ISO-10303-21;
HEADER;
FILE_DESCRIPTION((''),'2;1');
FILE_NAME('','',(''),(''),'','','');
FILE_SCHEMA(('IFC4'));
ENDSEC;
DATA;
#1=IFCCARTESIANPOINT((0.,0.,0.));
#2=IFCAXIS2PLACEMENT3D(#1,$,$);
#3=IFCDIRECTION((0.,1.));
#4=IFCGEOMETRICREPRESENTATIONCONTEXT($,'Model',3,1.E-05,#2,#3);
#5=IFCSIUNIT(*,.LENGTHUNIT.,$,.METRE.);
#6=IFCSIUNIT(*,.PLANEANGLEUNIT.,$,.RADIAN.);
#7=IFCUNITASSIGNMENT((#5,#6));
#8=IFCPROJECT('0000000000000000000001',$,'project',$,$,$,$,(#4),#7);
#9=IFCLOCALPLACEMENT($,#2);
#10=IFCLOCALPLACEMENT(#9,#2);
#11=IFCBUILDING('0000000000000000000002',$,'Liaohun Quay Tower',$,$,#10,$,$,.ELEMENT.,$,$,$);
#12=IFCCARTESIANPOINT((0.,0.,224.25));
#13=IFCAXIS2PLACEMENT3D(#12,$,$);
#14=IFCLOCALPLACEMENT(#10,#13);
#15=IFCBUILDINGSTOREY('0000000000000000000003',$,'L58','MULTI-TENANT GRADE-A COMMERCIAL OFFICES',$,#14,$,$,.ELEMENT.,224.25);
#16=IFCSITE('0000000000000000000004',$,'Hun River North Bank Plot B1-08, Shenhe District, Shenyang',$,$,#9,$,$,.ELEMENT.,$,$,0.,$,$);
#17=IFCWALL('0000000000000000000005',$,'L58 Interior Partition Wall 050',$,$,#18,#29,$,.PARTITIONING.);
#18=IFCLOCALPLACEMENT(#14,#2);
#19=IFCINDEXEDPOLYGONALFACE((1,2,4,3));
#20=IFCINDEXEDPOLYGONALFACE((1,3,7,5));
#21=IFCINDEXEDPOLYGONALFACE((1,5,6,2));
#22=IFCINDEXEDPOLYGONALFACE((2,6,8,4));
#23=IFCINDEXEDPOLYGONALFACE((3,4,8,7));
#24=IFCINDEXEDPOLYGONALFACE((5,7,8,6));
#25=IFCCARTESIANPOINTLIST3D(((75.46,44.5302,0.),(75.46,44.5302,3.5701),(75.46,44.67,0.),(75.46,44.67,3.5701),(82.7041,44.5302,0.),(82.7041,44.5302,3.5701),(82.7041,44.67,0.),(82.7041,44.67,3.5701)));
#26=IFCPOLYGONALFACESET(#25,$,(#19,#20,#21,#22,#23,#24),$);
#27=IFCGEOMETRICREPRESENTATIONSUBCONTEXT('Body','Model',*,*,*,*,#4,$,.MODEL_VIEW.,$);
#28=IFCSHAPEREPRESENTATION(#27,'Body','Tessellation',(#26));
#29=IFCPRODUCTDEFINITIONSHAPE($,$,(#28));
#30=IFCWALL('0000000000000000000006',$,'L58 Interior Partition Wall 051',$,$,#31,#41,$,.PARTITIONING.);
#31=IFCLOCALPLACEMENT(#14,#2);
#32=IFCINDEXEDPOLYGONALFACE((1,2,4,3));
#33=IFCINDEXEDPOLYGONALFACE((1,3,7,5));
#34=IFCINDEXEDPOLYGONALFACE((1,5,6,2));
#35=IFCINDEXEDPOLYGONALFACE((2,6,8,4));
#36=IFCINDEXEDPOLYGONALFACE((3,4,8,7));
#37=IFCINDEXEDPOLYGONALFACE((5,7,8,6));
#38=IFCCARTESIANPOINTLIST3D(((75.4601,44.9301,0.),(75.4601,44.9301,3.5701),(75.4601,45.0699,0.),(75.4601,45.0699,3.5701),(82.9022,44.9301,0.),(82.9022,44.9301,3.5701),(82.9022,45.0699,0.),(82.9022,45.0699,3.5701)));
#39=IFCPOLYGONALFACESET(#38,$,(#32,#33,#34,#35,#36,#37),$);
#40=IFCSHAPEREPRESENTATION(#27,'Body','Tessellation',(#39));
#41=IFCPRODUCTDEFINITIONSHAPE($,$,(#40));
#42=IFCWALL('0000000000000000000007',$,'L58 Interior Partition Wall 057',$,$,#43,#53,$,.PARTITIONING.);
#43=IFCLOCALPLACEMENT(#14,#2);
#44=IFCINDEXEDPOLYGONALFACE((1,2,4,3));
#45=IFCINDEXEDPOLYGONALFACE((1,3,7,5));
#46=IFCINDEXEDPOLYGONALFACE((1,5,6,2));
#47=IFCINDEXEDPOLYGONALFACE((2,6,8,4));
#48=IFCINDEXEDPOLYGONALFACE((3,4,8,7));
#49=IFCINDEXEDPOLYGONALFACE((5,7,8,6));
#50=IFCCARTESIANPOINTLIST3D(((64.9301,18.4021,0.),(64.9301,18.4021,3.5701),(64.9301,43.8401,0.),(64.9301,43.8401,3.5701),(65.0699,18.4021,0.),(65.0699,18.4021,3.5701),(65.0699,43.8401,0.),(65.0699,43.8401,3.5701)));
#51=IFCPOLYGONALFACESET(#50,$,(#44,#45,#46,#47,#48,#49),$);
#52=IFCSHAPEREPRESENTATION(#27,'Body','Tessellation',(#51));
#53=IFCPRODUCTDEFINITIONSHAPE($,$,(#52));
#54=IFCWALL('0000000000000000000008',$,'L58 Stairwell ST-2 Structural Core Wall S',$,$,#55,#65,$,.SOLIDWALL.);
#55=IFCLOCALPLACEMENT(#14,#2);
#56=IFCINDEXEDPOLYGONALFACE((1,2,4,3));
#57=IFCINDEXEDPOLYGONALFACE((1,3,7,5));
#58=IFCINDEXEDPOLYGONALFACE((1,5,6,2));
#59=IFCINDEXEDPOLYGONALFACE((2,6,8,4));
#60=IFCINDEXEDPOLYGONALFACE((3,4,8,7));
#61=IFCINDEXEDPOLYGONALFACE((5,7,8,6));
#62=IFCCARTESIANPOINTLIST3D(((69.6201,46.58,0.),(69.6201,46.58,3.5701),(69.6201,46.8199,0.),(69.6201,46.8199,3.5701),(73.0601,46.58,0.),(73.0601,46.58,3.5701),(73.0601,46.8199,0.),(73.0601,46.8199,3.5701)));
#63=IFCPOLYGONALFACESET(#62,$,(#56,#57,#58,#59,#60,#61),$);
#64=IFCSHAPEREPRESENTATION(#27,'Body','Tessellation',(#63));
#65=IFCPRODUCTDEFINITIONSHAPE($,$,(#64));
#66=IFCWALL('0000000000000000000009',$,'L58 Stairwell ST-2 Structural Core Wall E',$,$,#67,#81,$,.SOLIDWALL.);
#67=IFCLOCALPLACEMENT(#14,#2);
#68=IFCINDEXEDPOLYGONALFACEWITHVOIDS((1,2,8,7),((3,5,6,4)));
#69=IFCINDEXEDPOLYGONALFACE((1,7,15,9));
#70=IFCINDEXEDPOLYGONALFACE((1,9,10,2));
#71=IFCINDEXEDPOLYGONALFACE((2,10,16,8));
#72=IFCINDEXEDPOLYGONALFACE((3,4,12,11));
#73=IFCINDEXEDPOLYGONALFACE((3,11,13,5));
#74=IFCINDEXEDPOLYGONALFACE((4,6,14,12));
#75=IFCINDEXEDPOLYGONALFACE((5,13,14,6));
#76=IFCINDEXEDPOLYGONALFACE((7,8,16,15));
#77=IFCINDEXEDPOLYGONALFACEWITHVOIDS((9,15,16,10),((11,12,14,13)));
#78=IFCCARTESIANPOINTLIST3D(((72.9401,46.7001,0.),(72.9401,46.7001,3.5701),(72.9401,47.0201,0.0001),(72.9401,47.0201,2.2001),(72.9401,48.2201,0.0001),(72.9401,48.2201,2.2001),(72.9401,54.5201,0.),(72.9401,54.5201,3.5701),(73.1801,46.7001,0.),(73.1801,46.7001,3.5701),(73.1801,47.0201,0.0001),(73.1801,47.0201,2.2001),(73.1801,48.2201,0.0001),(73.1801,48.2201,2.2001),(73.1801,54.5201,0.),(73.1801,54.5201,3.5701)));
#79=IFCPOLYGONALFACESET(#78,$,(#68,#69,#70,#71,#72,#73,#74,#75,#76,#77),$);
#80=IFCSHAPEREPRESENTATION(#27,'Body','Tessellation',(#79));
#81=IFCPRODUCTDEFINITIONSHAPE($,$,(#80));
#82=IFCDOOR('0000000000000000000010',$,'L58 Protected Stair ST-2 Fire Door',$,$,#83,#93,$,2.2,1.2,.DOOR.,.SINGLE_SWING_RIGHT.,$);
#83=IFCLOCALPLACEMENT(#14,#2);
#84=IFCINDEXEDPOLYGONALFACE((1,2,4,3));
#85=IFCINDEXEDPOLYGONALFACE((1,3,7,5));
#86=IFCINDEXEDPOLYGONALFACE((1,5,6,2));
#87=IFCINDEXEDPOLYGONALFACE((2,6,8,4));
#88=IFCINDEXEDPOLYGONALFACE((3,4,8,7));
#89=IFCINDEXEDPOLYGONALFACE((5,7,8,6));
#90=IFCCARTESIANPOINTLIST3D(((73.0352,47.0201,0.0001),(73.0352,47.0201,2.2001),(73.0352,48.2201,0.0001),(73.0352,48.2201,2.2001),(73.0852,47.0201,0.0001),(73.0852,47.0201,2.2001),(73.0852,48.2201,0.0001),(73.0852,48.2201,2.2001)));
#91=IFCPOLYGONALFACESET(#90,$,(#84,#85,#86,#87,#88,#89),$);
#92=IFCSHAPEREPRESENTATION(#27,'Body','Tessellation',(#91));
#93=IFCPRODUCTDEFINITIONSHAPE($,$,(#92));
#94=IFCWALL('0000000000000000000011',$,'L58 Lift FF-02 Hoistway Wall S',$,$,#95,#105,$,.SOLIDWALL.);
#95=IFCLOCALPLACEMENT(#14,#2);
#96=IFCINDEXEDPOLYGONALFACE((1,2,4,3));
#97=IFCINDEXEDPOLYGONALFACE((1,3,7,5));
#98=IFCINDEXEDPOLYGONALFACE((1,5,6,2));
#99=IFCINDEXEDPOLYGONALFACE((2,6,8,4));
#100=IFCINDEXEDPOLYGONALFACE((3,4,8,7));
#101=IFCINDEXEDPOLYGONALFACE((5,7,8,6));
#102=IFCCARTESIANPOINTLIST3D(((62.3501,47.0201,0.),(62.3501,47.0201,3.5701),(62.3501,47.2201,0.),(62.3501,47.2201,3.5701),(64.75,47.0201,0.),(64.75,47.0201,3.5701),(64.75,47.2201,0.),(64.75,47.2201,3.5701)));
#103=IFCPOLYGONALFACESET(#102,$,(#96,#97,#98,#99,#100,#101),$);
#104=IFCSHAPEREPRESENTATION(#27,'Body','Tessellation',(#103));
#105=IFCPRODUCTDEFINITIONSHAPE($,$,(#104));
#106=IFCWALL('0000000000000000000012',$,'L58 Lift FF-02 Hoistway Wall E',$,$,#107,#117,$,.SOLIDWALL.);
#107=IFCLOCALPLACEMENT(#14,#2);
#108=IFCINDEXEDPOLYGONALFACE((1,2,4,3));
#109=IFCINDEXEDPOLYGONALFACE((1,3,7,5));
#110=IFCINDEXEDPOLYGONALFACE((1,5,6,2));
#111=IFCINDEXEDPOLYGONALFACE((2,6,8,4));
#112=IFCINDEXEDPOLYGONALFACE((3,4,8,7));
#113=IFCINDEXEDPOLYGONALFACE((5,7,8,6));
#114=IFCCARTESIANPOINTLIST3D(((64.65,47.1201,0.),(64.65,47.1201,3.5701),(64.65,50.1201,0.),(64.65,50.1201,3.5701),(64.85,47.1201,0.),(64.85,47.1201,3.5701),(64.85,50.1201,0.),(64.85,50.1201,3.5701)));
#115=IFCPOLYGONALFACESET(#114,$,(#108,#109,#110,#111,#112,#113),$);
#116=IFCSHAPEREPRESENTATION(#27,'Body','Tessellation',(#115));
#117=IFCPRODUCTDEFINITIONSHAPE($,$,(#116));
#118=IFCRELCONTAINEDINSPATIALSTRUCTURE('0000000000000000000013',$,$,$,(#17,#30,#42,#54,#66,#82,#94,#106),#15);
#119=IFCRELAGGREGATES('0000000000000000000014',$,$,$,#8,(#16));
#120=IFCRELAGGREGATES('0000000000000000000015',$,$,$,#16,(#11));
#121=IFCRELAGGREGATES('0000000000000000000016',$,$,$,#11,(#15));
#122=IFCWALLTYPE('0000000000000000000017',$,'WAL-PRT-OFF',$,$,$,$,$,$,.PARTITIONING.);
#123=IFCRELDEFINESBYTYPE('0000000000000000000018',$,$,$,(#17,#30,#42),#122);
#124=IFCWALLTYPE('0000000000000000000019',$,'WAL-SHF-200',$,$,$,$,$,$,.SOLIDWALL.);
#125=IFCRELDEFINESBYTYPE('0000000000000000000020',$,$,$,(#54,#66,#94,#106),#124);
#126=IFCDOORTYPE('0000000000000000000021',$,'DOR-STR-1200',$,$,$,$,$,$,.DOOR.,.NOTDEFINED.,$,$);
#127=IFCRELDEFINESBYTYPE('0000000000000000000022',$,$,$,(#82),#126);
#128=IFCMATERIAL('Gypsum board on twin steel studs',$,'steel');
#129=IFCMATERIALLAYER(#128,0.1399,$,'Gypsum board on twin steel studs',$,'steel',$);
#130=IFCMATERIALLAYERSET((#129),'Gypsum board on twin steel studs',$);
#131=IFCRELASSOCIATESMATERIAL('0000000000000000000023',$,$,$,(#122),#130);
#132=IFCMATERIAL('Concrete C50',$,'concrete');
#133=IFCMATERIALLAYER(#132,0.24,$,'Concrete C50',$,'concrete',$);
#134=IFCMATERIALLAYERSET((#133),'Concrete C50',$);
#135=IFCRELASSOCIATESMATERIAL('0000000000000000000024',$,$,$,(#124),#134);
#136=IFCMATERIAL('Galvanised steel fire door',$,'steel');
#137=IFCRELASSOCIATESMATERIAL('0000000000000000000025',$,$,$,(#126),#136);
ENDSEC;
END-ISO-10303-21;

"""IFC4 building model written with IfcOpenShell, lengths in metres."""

from ifc_helpers import new_model, si_unit, direction, frame, frame_2d, origin, place, context, subcontext, project, spatial, rectangle, extrude, source, transform, mapped, material, layer, layer_set, type_object, element, fill, save


model = new_model("IFC4")

# Units and contexts
model_context = context("Model", 3, precision=1e-05, world=origin(), true_north=direction((0.0, 1.0)))
body_context = subcontext(model_context, "Body", "Model", "MODEL_VIEW")
ifc_project = project(units=[si_unit("LENGTHUNIT", "METRE"), si_unit("PLANEANGLEUNIT", "RADIAN")], contexts=[model_context])

# Site, building, storey
site_placement = place(None, origin())
site = spatial("IfcSite", under=ifc_project, at=site_placement, Name="Hun River North Bank Plot B1-08, Shenhe District, Shenyang", CompositionType="ELEMENT", RefElevation=0.0)
building_placement = place(site_placement, origin())
building = spatial("IfcBuilding", under=site, at=building_placement, Name="Liaohun Quay Tower", CompositionType="ELEMENT")
storey_placement = place(building_placement, frame((0.0, 0.0, 224.25)))
storey = spatial("IfcBuildingStorey", under=building, at=storey_placement, Name="L58", Description="MULTI-TENANT GRADE-A COMMERCIAL OFFICES", CompositionType="ELEMENT", Elevation=224.25)

# Walls
ifc_material_1 = material(Name="Gypsum board on twin steel studs", Category="steel")
ifc_layer_1 = layer(ifc_material_1, 0.1399, Name="Gypsum board on twin steel studs", Category="steel")
ifc_layer_set_1 = layer_set([ifc_layer_1], Name="Gypsum board on twin steel studs")
wall_type_1 = type_object("IfcWallType", Name="WAL-PRT-OFF", PredefinedType="PARTITIONING", material=ifc_layer_set_1)
wall_1_placement = place(storey_placement, frame((75.46, 44.6001, 0.0), z_axis=(0.0, 0.0, 1.0), x_axis=(1.0, 0.0, 0.0)))
element("IfcWall", 1, at=wall_1_placement, inside=storey, type_object=wall_type_1, Name="L58 Interior Partition Wall 050", PredefinedType="PARTITIONING", context=body_context, shape_type="SweptSolid", body=[
    extrude(rectangle(XDim=7.2441, YDim=0.1399, at=frame_2d((3.6221, 0.0))), origin(), (0.0, 0.0, 1.0), 3.5701),
])
wall_2_placement = place(storey_placement, frame((75.46, 45.0, 0.0), z_axis=(0.0, 0.0, 1.0), x_axis=(1.0, 0.0, 0.0)))
element("IfcWall", 2, at=wall_2_placement, inside=storey, type_object=wall_type_1, Name="L58 Interior Partition Wall 051", PredefinedType="PARTITIONING", context=body_context, shape_type="SweptSolid", body=[
    extrude(rectangle(XDim=7.4421, YDim=0.1399, at=frame_2d((3.7212, 0.0))), origin(), (0.0, 0.0, 1.0), 3.5701),
])
wall_3_placement = place(storey_placement, frame((65.0, 43.8401, 0.0), z_axis=(0.0, 0.0, 1.0), x_axis=(0.0, -1.0, 0.0)))
element("IfcWall", 3, at=wall_3_placement, inside=storey, type_object=wall_type_1, Name="L58 Interior Partition Wall 057", PredefinedType="PARTITIONING", context=body_context, shape_type="SweptSolid", body=[
    extrude(rectangle(XDim=25.438, YDim=0.1399, at=frame_2d((12.719, 0.0))), origin(), (0.0, 0.0, 1.0), 3.5701),
])
ifc_material_2 = material(Name="Concrete C50", Category="concrete")
ifc_layer_2 = layer(ifc_material_2, 0.24, Name="Concrete C50", Category="concrete")
ifc_layer_set_2 = layer_set([ifc_layer_2], Name="Concrete C50")
wall_type_2 = type_object("IfcWallType", Name="WAL-SHF-200", PredefinedType="SOLIDWALL", material=ifc_layer_set_2)
wall_4_placement = place(storey_placement, frame((69.6201, 46.7, 0.0), z_axis=(0.0, 0.0, 1.0), x_axis=(1.0, 0.0, 0.0)))
element("IfcWall", 4, at=wall_4_placement, inside=storey, type_object=wall_type_2, Name="L58 Stairwell ST-2 Structural Core Wall S", PredefinedType="SOLIDWALL", context=body_context, shape_type="SweptSolid", body=[
    extrude(rectangle(XDim=3.4399, YDim=0.24, at=frame_2d((1.72, 0.0))), origin(), (0.0, 0.0, 1.0), 3.5701),
])

# Wall, opening, door
wall_5_placement = place(storey_placement, frame((73.0601, 46.7, 0.0), z_axis=(0.0, 0.0, 1.0), x_axis=(0.0, 1.0, 0.0)))
wall_5 = element("IfcWall", 5, at=wall_5_placement, inside=storey, type_object=wall_type_2, Name="L58 Stairwell ST-2 Structural Core Wall E", PredefinedType="SOLIDWALL", context=body_context, shape_type="SweptSolid", body=[
    extrude(rectangle(XDim=7.8201, YDim=0.24, at=frame_2d((3.9102, 0.0))), origin(), (0.0, 0.0, 1.0), 3.5701),
])
shared_shape_1 = source(origin(), body_context, "Body", "SweptSolid", [
    extrude(rectangle(XDim=1.2, YDim=2.2, at=frame_2d((0.6001, 1.1001))), frame((0.0, 0.1299, 0.0), z_axis=(0.0, -1.0, 0.0), x_axis=(1.0, 0.0, 0.0)), (0.0, 0.0, 1.0), 0.26),
])
opening_1_placement = place(wall_5_placement, frame((0.3201, 0.0, 0.0)))
opening_1 = element("IfcOpeningElement", 6, at=opening_1_placement, cuts=wall_5, PredefinedType="OPENING", context=body_context, shape_type="MappedRepresentation", body=[
    mapped(shared_shape_1, transform((0.0, 0.0, 0.0), x_axis=(1.0, 0.0, 0.0), y_axis=(0.0, 1.0, 0.0), z_axis=(0.0, 0.0, 1.0), scale=1.0)),
])
ifc_material_3 = material(Name="Galvanised steel fire door", Category="steel")
door_type_1 = type_object("IfcDoorType", Name="DOR-STR-1200", OperationType="NOTDEFINED", PredefinedType="DOOR", material=ifc_material_3)
shared_shape_2 = source(origin(), body_context, "Body", "SweptSolid", [
    extrude(rectangle(XDim=1.2, YDim=2.2, at=frame_2d((0.6001, 1.1001))), frame((0.0, 0.0249, 0.0), z_axis=(0.0, -1.0, 0.0), x_axis=(1.0, 0.0, 0.0)), (0.0, 0.0, 1.0), 0.05),
])
door_1_placement = place(opening_1_placement, origin())
door_1 = element("IfcDoor", 7, at=door_1_placement, inside=storey, type_object=door_type_1, Name="L58 Protected Stair ST-2 Fire Door", OperationType="SINGLE_SWING_RIGHT", OverallHeight=2.2, OverallWidth=1.2, PredefinedType="DOOR", context=body_context, shape_type="MappedRepresentation", body=[
    mapped(shared_shape_2, transform((0.0, 0.0, 0.0), x_axis=(1.0, 0.0, 0.0), y_axis=(0.0, 1.0, 0.0), z_axis=(0.0, 0.0, 1.0), scale=1.0)),
])
fill(opening_1, door_1)

# Walls
wall_6_placement = place(storey_placement, frame((62.3501, 47.1201, 0.0), z_axis=(0.0, 0.0, 1.0), x_axis=(1.0, 0.0, 0.0)))
element("IfcWall", 8, at=wall_6_placement, inside=storey, type_object=wall_type_2, Name="L58 Lift FF-02 Hoistway Wall S", PredefinedType="SOLIDWALL", context=body_context, shape_type="SweptSolid", body=[
    extrude(rectangle(XDim=2.3999, YDim=0.2, at=frame_2d((1.2, 0.0))), origin(), (0.0, 0.0, 1.0), 3.5701),
])
wall_7_placement = place(storey_placement, frame((64.75, 47.1201, 0.0), z_axis=(0.0, 0.0, 1.0), x_axis=(0.0, 1.0, 0.0)))
element("IfcWall", 9, at=wall_7_placement, inside=storey, type_object=wall_type_2, Name="L58 Lift FF-02 Hoistway Wall E", PredefinedType="SOLIDWALL", context=body_context, shape_type="SweptSolid", body=[
    extrude(rectangle(XDim=3.0, YDim=0.2, at=frame_2d((1.5, 0.0))), origin(), (0.0, 0.0, 1.0), 3.5701),
])

save(model, "model.ifc")
